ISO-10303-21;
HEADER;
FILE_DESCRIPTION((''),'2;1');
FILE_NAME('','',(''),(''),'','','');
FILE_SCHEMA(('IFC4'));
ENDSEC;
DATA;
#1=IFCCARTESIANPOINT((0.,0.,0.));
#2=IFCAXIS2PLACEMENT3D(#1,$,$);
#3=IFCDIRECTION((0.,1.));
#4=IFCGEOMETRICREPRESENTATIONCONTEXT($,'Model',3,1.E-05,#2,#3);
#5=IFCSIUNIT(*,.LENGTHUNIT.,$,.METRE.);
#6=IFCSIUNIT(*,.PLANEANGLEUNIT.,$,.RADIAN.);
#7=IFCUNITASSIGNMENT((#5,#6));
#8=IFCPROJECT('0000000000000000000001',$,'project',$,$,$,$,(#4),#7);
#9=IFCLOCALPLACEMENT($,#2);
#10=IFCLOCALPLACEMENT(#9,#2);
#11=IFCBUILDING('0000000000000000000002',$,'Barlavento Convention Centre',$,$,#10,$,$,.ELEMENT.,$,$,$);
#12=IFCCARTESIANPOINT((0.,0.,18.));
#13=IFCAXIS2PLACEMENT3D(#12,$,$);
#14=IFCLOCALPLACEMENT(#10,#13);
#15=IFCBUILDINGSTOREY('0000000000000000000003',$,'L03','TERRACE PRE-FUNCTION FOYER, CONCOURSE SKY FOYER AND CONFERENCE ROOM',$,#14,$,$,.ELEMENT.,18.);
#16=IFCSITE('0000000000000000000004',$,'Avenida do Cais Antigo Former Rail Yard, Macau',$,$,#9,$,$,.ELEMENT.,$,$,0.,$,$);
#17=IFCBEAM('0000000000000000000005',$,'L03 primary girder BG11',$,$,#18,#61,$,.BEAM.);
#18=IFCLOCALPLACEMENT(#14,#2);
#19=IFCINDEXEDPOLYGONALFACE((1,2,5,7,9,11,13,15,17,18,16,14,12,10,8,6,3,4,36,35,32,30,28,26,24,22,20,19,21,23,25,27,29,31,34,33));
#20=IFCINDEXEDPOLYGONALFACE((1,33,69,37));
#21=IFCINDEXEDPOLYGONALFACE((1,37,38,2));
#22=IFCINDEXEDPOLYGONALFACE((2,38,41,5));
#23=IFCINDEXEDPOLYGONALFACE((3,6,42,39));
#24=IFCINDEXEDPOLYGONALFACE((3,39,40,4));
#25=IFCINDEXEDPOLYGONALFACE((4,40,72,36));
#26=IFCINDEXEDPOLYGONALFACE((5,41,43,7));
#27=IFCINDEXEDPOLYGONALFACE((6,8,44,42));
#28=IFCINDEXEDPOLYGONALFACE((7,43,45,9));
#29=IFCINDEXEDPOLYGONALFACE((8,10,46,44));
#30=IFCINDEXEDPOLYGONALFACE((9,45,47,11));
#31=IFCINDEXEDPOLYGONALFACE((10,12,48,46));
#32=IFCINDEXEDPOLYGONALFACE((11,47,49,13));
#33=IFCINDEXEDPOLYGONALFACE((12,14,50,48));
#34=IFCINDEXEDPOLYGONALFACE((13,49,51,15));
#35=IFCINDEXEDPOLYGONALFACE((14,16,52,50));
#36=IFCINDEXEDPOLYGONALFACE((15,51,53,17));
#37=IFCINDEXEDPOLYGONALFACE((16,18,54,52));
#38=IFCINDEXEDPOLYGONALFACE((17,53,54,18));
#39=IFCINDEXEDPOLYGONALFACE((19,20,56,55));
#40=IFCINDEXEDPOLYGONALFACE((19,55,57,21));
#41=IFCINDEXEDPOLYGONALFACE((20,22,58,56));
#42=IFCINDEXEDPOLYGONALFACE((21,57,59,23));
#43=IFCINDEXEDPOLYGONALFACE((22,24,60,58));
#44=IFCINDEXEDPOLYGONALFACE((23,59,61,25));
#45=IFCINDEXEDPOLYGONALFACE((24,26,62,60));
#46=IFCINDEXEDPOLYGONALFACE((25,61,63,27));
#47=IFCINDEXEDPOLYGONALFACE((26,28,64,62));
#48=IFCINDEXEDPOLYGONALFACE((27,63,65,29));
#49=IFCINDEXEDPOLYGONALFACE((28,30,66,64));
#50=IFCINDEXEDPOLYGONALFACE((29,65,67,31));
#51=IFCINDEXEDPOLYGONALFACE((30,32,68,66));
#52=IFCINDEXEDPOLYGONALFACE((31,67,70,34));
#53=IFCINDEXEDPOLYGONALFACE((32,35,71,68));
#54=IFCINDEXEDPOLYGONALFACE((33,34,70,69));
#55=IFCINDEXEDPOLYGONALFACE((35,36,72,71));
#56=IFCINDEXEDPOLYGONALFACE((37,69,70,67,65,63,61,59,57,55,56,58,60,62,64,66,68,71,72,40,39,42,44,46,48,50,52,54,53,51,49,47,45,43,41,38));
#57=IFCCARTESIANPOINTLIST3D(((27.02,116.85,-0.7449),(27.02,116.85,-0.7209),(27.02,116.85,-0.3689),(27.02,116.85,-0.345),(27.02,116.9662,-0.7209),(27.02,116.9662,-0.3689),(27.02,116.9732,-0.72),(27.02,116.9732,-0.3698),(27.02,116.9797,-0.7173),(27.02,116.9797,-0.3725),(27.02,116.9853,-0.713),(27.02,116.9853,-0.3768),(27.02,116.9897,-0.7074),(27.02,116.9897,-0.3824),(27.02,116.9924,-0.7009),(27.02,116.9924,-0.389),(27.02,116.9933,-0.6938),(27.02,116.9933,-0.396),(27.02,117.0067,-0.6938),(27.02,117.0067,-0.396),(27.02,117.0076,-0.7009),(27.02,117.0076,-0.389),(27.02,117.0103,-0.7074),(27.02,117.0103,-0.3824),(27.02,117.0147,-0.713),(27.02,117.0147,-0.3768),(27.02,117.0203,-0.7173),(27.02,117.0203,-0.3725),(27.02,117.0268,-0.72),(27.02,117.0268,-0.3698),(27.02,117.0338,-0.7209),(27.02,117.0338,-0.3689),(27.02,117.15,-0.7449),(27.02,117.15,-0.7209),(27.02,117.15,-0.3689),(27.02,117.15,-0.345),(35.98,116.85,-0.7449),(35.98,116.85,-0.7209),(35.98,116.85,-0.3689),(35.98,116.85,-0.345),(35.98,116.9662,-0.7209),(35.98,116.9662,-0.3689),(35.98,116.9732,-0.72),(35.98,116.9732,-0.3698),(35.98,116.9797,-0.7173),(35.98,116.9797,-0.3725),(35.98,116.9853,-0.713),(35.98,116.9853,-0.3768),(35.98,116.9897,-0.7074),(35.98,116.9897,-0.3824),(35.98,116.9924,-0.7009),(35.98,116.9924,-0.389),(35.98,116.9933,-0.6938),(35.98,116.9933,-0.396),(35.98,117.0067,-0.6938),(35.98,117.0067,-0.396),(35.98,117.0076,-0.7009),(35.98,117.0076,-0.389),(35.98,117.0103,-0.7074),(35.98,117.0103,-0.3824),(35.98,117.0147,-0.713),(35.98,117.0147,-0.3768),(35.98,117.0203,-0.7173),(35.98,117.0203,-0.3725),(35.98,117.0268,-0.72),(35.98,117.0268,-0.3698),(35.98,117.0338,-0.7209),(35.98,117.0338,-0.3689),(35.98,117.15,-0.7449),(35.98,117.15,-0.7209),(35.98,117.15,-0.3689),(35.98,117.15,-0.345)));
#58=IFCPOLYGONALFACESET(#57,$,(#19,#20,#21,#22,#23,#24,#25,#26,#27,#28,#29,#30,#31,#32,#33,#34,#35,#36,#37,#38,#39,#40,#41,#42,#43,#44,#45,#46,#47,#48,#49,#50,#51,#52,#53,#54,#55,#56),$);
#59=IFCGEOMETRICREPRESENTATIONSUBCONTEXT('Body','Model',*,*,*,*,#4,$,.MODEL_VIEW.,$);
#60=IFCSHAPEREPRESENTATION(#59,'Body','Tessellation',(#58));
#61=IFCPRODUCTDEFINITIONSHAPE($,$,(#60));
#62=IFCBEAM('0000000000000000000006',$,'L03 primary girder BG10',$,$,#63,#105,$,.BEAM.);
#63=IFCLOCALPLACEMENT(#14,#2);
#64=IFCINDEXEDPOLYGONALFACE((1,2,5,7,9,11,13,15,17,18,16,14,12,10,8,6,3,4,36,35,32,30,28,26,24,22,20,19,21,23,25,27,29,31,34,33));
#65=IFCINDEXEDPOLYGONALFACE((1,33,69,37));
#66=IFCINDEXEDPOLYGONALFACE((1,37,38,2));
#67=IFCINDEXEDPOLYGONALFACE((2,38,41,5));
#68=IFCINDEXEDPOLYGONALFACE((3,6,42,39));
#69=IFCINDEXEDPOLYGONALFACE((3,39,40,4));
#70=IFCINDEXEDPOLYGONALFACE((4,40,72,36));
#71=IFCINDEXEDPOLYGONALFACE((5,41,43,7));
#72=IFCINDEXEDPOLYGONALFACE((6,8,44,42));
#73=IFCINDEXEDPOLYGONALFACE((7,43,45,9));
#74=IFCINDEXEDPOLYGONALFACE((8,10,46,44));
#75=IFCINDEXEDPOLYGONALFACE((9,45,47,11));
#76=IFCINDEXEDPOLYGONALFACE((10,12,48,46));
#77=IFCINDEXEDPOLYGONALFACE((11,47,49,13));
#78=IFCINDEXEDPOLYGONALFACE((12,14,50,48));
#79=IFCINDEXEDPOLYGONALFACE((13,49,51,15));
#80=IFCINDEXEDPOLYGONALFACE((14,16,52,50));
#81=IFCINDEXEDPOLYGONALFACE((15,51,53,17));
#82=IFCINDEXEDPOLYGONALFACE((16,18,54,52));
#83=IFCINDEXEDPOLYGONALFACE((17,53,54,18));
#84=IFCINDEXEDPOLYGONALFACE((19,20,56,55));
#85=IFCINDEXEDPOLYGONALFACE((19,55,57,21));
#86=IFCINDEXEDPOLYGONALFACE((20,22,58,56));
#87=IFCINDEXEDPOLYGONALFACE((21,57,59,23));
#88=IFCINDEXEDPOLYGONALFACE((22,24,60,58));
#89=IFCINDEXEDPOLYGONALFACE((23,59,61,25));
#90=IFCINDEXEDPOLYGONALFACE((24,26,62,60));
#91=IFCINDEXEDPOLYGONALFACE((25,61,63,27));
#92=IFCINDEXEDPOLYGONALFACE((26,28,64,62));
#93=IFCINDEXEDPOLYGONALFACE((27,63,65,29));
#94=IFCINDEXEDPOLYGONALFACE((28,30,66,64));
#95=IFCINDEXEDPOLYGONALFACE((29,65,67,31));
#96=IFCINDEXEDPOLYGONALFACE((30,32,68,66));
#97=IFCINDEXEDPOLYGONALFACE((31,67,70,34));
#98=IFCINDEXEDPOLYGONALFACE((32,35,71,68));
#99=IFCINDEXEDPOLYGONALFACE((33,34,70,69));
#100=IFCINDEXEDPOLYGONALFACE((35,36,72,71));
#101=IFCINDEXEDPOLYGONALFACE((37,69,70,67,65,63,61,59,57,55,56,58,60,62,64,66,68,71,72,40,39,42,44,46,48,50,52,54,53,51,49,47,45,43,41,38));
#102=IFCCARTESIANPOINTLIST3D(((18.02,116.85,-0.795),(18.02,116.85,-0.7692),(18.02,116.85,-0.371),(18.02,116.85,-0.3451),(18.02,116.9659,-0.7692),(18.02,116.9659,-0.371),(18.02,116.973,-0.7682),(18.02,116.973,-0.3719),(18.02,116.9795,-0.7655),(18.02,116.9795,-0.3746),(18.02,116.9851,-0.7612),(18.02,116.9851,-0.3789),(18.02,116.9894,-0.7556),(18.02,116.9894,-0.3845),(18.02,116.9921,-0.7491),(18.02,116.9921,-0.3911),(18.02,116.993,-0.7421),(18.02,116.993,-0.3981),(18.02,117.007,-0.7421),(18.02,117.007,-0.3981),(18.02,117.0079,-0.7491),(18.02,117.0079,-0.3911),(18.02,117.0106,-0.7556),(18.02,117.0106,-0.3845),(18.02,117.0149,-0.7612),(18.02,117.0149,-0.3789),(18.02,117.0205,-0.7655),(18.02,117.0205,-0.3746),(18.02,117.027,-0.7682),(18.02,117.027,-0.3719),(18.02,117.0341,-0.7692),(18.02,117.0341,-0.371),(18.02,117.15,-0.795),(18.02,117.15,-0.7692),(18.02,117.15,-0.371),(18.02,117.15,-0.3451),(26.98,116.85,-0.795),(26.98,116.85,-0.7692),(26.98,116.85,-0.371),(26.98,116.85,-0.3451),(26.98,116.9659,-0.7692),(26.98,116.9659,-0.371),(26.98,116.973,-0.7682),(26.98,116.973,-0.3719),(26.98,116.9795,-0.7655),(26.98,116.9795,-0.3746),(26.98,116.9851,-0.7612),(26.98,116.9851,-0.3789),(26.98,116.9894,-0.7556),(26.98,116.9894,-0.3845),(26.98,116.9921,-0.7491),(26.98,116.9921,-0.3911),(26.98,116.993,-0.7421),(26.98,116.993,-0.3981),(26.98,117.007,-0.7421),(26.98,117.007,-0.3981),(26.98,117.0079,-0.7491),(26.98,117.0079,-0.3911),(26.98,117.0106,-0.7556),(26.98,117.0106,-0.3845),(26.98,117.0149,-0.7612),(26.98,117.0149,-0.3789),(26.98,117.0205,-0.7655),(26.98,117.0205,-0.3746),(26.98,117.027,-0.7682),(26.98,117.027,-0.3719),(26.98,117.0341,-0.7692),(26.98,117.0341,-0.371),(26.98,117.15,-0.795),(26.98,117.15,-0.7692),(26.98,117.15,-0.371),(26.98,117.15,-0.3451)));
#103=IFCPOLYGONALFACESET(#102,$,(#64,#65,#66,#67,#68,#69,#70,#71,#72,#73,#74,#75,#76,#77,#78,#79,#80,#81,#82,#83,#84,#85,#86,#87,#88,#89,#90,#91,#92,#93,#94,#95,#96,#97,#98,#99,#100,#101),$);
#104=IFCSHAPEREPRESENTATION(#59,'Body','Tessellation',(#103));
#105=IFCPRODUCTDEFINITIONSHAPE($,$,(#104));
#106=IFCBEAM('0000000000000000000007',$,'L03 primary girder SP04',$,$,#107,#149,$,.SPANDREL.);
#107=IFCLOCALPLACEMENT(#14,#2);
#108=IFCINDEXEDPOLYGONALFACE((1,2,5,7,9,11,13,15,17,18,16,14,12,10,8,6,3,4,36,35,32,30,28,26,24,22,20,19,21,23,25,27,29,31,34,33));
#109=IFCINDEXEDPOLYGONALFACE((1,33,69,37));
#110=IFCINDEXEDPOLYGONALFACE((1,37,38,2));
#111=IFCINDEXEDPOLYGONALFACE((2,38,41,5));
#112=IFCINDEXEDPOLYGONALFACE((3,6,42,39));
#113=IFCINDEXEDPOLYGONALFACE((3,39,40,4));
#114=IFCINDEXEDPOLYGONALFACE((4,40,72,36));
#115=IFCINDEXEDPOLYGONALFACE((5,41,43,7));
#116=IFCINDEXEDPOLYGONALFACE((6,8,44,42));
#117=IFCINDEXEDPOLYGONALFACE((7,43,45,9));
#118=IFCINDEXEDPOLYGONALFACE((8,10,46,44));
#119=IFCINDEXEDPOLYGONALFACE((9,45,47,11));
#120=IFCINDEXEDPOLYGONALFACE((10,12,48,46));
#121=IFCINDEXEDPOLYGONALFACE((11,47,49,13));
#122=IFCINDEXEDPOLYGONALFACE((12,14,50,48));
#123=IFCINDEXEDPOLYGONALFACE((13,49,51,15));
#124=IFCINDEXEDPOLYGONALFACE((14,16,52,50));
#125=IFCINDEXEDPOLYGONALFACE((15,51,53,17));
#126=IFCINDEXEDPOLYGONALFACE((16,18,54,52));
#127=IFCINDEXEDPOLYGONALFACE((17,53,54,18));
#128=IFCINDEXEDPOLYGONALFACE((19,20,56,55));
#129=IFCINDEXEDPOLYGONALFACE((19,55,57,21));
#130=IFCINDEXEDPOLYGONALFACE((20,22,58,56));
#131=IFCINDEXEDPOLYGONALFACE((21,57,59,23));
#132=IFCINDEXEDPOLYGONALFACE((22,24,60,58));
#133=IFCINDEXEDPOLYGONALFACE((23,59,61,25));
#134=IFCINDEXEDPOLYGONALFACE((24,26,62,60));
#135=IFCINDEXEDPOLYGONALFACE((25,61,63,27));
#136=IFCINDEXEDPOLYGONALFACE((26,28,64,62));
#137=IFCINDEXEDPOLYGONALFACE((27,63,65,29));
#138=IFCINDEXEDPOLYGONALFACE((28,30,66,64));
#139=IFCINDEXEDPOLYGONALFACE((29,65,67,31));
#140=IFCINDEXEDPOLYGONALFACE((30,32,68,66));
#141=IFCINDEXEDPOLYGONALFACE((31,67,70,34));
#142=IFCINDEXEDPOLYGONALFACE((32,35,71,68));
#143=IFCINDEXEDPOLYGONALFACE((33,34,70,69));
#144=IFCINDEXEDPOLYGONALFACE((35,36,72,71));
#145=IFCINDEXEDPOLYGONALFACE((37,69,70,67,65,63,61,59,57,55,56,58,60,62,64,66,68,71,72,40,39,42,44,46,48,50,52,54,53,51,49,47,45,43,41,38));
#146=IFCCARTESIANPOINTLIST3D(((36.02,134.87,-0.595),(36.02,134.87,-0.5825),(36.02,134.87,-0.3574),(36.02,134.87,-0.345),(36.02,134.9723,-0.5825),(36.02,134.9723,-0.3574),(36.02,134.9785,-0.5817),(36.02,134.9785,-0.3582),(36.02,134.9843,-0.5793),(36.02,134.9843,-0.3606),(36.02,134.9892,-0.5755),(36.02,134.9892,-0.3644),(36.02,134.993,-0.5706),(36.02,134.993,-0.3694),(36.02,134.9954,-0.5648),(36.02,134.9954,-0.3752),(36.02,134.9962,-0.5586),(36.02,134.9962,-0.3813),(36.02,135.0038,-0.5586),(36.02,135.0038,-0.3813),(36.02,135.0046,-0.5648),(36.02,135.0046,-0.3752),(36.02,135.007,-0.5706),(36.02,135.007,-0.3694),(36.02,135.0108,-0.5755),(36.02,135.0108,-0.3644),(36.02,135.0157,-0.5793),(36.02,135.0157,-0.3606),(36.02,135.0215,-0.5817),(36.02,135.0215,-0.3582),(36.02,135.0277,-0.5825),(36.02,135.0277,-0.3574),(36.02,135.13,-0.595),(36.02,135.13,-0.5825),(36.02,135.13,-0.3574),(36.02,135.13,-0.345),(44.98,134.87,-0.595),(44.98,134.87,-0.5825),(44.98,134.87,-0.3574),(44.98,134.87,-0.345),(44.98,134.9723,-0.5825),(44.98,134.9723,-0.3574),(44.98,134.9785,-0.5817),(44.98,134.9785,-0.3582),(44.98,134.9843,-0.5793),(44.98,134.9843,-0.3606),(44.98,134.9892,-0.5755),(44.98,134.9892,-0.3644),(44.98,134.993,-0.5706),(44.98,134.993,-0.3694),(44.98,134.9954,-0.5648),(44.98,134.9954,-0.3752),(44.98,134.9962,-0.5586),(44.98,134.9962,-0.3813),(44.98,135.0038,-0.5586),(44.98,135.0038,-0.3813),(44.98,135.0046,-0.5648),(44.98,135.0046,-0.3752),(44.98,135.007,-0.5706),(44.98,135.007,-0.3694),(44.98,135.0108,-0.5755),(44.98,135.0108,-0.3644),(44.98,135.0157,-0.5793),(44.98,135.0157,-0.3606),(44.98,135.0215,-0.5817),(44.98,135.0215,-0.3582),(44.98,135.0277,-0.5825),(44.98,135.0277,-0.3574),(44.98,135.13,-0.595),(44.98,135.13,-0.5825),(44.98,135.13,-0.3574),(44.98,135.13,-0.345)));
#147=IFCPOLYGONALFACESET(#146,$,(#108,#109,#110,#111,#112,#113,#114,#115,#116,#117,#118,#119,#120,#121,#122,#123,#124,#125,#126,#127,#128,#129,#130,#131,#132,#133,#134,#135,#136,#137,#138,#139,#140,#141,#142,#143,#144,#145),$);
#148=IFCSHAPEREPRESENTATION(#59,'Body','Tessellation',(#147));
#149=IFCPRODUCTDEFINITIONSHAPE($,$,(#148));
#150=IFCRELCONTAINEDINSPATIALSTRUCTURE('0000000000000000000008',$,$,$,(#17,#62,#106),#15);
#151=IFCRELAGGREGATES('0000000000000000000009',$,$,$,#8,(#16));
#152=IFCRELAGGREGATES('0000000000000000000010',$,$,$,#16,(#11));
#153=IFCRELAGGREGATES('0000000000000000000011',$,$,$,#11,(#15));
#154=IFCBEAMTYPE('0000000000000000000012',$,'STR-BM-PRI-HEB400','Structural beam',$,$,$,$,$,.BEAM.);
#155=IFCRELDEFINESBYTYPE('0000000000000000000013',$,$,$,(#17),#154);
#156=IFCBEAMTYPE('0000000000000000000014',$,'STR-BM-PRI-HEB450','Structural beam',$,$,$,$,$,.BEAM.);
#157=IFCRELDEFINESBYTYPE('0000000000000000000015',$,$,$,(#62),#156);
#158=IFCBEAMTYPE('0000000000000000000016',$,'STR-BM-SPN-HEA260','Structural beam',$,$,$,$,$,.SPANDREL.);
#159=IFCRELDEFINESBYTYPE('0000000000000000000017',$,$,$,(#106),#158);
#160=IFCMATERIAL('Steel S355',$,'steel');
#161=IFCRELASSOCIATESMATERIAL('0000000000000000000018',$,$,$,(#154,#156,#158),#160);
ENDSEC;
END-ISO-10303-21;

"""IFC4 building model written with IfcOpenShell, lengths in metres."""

from ifc_helpers import new_model, si_unit, direction, frame, origin, origin_2d, place, context, subcontext, project, spatial, i_section, extrude, material, material_profile, profile_set, type_object, element, save


model = new_model("IFC4")

# Units and contexts
model_context = context("Model", 3, precision=1e-05, world=origin(), true_north=direction((0.0, 1.0)))
body_context = subcontext(model_context, "Body", "Model", "MODEL_VIEW")
ifc_project = project(units=[si_unit("LENGTHUNIT", "METRE"), si_unit("PLANEANGLEUNIT", "RADIAN")], contexts=[model_context])

# Site, building, storey
site_placement = place(None, origin())
site = spatial("IfcSite", under=ifc_project, at=site_placement, Name="Avenida do Cais Antigo Former Rail Yard, Macau", CompositionType="ELEMENT", RefElevation=0.0)
building_placement = place(site_placement, origin())
building = spatial("IfcBuilding", under=site, at=building_placement, Name="Barlavento Convention Centre", CompositionType="ELEMENT")
storey_placement = place(building_placement, frame((0.0, 0.0, 18.0)))
storey = spatial("IfcBuildingStorey", under=building, at=storey_placement, Name="L03", Description="TERRACE PRE-FUNCTION FOYER, CONCOURSE SKY FOYER AND CONFERENCE ROOM", CompositionType="ELEMENT", Elevation=18.0)

# Beams
ifc_material_1 = material(Name="Steel S355", Category="steel")
ifc_material_profile_1 = material_profile(ifc_material_1, i_section(OverallWidth=0.3, OverallDepth=0.3999, WebThickness=0.0134, FlangeThickness=0.0239, FilletRadius=0.0271, at=origin_2d()), Name="HEB 400")
ifc_profile_set_1 = profile_set([ifc_material_profile_1], Name="Steel S355")
beam_type_1 = type_object("IfcBeamType", Name="STR-BM-PRI-HEB400", Description="Structural beam", PredefinedType="BEAM", material=ifc_profile_set_1)
beam_1_placement = place(storey_placement, frame((27.02, 117.0, -0.5449), z_axis=(1.0, 0.0, 0.0), x_axis=(0.0, 1.0, 0.0)))
element("IfcBeam", 1, at=beam_1_placement, inside=storey, type_object=beam_type_1, Name="L03 primary girder BG11", PredefinedType="BEAM", context=body_context, shape_type="SweptSolid", body=[
    extrude(i_section(OverallWidth=0.3, OverallDepth=0.3999, WebThickness=0.0134, FlangeThickness=0.0239, FilletRadius=0.0271, at=origin_2d()), origin(), (0.0, 0.0, 1.0), 8.96),
])
ifc_material_profile_2 = material_profile(ifc_material_1, i_section(OverallWidth=0.3, OverallDepth=0.45, WebThickness=0.0139, FlangeThickness=0.0259, FilletRadius=0.0271, at=origin_2d()), Name="HEB 450")
ifc_profile_set_2 = profile_set([ifc_material_profile_2], Name="Steel S355")
beam_type_2 = type_object("IfcBeamType", Name="STR-BM-PRI-HEB450", Description="Structural beam", PredefinedType="BEAM", material=ifc_profile_set_2)
beam_2_placement = place(storey_placement, frame((18.02, 117.0, -0.5701), z_axis=(1.0, 0.0, 0.0), x_axis=(0.0, 1.0, 0.0)))
element("IfcBeam", 2, at=beam_2_placement, inside=storey, type_object=beam_type_2, Name="L03 primary girder BG10", PredefinedType="BEAM", context=body_context, shape_type="SweptSolid", body=[
    extrude(i_section(OverallWidth=0.3, OverallDepth=0.45, WebThickness=0.0139, FlangeThickness=0.0259, FilletRadius=0.0271, at=origin_2d()), origin(), (0.0, 0.0, 1.0), 8.96),
])
ifc_material_profile_3 = material_profile(ifc_material_1, i_section(OverallWidth=0.26, OverallDepth=0.25, WebThickness=0.0076, FlangeThickness=0.0125, FilletRadius=0.0239, at=origin_2d()), Name="HEA 260")
ifc_profile_set_3 = profile_set([ifc_material_profile_3], Name="Steel S355")
beam_type_3 = type_object("IfcBeamType", Name="STR-BM-SPN-HEA260", Description="Structural beam", PredefinedType="SPANDREL", material=ifc_profile_set_3)
beam_3_placement = place(storey_placement, frame((36.02, 135.0, -0.47), z_axis=(1.0, 0.0, 0.0), x_axis=(0.0, 1.0, 0.0)))
element("IfcBeam", 3, at=beam_3_placement, inside=storey, type_object=beam_type_3, Name="L03 primary girder SP04", PredefinedType="SPANDREL", context=body_context, shape_type="SweptSolid", body=[
    extrude(i_section(OverallWidth=0.26, OverallDepth=0.25, WebThickness=0.0076, FlangeThickness=0.0125, FilletRadius=0.0239, at=origin_2d()), origin(), (0.0, 0.0, 1.0), 8.96),
])

save(model, "model.ifc")
